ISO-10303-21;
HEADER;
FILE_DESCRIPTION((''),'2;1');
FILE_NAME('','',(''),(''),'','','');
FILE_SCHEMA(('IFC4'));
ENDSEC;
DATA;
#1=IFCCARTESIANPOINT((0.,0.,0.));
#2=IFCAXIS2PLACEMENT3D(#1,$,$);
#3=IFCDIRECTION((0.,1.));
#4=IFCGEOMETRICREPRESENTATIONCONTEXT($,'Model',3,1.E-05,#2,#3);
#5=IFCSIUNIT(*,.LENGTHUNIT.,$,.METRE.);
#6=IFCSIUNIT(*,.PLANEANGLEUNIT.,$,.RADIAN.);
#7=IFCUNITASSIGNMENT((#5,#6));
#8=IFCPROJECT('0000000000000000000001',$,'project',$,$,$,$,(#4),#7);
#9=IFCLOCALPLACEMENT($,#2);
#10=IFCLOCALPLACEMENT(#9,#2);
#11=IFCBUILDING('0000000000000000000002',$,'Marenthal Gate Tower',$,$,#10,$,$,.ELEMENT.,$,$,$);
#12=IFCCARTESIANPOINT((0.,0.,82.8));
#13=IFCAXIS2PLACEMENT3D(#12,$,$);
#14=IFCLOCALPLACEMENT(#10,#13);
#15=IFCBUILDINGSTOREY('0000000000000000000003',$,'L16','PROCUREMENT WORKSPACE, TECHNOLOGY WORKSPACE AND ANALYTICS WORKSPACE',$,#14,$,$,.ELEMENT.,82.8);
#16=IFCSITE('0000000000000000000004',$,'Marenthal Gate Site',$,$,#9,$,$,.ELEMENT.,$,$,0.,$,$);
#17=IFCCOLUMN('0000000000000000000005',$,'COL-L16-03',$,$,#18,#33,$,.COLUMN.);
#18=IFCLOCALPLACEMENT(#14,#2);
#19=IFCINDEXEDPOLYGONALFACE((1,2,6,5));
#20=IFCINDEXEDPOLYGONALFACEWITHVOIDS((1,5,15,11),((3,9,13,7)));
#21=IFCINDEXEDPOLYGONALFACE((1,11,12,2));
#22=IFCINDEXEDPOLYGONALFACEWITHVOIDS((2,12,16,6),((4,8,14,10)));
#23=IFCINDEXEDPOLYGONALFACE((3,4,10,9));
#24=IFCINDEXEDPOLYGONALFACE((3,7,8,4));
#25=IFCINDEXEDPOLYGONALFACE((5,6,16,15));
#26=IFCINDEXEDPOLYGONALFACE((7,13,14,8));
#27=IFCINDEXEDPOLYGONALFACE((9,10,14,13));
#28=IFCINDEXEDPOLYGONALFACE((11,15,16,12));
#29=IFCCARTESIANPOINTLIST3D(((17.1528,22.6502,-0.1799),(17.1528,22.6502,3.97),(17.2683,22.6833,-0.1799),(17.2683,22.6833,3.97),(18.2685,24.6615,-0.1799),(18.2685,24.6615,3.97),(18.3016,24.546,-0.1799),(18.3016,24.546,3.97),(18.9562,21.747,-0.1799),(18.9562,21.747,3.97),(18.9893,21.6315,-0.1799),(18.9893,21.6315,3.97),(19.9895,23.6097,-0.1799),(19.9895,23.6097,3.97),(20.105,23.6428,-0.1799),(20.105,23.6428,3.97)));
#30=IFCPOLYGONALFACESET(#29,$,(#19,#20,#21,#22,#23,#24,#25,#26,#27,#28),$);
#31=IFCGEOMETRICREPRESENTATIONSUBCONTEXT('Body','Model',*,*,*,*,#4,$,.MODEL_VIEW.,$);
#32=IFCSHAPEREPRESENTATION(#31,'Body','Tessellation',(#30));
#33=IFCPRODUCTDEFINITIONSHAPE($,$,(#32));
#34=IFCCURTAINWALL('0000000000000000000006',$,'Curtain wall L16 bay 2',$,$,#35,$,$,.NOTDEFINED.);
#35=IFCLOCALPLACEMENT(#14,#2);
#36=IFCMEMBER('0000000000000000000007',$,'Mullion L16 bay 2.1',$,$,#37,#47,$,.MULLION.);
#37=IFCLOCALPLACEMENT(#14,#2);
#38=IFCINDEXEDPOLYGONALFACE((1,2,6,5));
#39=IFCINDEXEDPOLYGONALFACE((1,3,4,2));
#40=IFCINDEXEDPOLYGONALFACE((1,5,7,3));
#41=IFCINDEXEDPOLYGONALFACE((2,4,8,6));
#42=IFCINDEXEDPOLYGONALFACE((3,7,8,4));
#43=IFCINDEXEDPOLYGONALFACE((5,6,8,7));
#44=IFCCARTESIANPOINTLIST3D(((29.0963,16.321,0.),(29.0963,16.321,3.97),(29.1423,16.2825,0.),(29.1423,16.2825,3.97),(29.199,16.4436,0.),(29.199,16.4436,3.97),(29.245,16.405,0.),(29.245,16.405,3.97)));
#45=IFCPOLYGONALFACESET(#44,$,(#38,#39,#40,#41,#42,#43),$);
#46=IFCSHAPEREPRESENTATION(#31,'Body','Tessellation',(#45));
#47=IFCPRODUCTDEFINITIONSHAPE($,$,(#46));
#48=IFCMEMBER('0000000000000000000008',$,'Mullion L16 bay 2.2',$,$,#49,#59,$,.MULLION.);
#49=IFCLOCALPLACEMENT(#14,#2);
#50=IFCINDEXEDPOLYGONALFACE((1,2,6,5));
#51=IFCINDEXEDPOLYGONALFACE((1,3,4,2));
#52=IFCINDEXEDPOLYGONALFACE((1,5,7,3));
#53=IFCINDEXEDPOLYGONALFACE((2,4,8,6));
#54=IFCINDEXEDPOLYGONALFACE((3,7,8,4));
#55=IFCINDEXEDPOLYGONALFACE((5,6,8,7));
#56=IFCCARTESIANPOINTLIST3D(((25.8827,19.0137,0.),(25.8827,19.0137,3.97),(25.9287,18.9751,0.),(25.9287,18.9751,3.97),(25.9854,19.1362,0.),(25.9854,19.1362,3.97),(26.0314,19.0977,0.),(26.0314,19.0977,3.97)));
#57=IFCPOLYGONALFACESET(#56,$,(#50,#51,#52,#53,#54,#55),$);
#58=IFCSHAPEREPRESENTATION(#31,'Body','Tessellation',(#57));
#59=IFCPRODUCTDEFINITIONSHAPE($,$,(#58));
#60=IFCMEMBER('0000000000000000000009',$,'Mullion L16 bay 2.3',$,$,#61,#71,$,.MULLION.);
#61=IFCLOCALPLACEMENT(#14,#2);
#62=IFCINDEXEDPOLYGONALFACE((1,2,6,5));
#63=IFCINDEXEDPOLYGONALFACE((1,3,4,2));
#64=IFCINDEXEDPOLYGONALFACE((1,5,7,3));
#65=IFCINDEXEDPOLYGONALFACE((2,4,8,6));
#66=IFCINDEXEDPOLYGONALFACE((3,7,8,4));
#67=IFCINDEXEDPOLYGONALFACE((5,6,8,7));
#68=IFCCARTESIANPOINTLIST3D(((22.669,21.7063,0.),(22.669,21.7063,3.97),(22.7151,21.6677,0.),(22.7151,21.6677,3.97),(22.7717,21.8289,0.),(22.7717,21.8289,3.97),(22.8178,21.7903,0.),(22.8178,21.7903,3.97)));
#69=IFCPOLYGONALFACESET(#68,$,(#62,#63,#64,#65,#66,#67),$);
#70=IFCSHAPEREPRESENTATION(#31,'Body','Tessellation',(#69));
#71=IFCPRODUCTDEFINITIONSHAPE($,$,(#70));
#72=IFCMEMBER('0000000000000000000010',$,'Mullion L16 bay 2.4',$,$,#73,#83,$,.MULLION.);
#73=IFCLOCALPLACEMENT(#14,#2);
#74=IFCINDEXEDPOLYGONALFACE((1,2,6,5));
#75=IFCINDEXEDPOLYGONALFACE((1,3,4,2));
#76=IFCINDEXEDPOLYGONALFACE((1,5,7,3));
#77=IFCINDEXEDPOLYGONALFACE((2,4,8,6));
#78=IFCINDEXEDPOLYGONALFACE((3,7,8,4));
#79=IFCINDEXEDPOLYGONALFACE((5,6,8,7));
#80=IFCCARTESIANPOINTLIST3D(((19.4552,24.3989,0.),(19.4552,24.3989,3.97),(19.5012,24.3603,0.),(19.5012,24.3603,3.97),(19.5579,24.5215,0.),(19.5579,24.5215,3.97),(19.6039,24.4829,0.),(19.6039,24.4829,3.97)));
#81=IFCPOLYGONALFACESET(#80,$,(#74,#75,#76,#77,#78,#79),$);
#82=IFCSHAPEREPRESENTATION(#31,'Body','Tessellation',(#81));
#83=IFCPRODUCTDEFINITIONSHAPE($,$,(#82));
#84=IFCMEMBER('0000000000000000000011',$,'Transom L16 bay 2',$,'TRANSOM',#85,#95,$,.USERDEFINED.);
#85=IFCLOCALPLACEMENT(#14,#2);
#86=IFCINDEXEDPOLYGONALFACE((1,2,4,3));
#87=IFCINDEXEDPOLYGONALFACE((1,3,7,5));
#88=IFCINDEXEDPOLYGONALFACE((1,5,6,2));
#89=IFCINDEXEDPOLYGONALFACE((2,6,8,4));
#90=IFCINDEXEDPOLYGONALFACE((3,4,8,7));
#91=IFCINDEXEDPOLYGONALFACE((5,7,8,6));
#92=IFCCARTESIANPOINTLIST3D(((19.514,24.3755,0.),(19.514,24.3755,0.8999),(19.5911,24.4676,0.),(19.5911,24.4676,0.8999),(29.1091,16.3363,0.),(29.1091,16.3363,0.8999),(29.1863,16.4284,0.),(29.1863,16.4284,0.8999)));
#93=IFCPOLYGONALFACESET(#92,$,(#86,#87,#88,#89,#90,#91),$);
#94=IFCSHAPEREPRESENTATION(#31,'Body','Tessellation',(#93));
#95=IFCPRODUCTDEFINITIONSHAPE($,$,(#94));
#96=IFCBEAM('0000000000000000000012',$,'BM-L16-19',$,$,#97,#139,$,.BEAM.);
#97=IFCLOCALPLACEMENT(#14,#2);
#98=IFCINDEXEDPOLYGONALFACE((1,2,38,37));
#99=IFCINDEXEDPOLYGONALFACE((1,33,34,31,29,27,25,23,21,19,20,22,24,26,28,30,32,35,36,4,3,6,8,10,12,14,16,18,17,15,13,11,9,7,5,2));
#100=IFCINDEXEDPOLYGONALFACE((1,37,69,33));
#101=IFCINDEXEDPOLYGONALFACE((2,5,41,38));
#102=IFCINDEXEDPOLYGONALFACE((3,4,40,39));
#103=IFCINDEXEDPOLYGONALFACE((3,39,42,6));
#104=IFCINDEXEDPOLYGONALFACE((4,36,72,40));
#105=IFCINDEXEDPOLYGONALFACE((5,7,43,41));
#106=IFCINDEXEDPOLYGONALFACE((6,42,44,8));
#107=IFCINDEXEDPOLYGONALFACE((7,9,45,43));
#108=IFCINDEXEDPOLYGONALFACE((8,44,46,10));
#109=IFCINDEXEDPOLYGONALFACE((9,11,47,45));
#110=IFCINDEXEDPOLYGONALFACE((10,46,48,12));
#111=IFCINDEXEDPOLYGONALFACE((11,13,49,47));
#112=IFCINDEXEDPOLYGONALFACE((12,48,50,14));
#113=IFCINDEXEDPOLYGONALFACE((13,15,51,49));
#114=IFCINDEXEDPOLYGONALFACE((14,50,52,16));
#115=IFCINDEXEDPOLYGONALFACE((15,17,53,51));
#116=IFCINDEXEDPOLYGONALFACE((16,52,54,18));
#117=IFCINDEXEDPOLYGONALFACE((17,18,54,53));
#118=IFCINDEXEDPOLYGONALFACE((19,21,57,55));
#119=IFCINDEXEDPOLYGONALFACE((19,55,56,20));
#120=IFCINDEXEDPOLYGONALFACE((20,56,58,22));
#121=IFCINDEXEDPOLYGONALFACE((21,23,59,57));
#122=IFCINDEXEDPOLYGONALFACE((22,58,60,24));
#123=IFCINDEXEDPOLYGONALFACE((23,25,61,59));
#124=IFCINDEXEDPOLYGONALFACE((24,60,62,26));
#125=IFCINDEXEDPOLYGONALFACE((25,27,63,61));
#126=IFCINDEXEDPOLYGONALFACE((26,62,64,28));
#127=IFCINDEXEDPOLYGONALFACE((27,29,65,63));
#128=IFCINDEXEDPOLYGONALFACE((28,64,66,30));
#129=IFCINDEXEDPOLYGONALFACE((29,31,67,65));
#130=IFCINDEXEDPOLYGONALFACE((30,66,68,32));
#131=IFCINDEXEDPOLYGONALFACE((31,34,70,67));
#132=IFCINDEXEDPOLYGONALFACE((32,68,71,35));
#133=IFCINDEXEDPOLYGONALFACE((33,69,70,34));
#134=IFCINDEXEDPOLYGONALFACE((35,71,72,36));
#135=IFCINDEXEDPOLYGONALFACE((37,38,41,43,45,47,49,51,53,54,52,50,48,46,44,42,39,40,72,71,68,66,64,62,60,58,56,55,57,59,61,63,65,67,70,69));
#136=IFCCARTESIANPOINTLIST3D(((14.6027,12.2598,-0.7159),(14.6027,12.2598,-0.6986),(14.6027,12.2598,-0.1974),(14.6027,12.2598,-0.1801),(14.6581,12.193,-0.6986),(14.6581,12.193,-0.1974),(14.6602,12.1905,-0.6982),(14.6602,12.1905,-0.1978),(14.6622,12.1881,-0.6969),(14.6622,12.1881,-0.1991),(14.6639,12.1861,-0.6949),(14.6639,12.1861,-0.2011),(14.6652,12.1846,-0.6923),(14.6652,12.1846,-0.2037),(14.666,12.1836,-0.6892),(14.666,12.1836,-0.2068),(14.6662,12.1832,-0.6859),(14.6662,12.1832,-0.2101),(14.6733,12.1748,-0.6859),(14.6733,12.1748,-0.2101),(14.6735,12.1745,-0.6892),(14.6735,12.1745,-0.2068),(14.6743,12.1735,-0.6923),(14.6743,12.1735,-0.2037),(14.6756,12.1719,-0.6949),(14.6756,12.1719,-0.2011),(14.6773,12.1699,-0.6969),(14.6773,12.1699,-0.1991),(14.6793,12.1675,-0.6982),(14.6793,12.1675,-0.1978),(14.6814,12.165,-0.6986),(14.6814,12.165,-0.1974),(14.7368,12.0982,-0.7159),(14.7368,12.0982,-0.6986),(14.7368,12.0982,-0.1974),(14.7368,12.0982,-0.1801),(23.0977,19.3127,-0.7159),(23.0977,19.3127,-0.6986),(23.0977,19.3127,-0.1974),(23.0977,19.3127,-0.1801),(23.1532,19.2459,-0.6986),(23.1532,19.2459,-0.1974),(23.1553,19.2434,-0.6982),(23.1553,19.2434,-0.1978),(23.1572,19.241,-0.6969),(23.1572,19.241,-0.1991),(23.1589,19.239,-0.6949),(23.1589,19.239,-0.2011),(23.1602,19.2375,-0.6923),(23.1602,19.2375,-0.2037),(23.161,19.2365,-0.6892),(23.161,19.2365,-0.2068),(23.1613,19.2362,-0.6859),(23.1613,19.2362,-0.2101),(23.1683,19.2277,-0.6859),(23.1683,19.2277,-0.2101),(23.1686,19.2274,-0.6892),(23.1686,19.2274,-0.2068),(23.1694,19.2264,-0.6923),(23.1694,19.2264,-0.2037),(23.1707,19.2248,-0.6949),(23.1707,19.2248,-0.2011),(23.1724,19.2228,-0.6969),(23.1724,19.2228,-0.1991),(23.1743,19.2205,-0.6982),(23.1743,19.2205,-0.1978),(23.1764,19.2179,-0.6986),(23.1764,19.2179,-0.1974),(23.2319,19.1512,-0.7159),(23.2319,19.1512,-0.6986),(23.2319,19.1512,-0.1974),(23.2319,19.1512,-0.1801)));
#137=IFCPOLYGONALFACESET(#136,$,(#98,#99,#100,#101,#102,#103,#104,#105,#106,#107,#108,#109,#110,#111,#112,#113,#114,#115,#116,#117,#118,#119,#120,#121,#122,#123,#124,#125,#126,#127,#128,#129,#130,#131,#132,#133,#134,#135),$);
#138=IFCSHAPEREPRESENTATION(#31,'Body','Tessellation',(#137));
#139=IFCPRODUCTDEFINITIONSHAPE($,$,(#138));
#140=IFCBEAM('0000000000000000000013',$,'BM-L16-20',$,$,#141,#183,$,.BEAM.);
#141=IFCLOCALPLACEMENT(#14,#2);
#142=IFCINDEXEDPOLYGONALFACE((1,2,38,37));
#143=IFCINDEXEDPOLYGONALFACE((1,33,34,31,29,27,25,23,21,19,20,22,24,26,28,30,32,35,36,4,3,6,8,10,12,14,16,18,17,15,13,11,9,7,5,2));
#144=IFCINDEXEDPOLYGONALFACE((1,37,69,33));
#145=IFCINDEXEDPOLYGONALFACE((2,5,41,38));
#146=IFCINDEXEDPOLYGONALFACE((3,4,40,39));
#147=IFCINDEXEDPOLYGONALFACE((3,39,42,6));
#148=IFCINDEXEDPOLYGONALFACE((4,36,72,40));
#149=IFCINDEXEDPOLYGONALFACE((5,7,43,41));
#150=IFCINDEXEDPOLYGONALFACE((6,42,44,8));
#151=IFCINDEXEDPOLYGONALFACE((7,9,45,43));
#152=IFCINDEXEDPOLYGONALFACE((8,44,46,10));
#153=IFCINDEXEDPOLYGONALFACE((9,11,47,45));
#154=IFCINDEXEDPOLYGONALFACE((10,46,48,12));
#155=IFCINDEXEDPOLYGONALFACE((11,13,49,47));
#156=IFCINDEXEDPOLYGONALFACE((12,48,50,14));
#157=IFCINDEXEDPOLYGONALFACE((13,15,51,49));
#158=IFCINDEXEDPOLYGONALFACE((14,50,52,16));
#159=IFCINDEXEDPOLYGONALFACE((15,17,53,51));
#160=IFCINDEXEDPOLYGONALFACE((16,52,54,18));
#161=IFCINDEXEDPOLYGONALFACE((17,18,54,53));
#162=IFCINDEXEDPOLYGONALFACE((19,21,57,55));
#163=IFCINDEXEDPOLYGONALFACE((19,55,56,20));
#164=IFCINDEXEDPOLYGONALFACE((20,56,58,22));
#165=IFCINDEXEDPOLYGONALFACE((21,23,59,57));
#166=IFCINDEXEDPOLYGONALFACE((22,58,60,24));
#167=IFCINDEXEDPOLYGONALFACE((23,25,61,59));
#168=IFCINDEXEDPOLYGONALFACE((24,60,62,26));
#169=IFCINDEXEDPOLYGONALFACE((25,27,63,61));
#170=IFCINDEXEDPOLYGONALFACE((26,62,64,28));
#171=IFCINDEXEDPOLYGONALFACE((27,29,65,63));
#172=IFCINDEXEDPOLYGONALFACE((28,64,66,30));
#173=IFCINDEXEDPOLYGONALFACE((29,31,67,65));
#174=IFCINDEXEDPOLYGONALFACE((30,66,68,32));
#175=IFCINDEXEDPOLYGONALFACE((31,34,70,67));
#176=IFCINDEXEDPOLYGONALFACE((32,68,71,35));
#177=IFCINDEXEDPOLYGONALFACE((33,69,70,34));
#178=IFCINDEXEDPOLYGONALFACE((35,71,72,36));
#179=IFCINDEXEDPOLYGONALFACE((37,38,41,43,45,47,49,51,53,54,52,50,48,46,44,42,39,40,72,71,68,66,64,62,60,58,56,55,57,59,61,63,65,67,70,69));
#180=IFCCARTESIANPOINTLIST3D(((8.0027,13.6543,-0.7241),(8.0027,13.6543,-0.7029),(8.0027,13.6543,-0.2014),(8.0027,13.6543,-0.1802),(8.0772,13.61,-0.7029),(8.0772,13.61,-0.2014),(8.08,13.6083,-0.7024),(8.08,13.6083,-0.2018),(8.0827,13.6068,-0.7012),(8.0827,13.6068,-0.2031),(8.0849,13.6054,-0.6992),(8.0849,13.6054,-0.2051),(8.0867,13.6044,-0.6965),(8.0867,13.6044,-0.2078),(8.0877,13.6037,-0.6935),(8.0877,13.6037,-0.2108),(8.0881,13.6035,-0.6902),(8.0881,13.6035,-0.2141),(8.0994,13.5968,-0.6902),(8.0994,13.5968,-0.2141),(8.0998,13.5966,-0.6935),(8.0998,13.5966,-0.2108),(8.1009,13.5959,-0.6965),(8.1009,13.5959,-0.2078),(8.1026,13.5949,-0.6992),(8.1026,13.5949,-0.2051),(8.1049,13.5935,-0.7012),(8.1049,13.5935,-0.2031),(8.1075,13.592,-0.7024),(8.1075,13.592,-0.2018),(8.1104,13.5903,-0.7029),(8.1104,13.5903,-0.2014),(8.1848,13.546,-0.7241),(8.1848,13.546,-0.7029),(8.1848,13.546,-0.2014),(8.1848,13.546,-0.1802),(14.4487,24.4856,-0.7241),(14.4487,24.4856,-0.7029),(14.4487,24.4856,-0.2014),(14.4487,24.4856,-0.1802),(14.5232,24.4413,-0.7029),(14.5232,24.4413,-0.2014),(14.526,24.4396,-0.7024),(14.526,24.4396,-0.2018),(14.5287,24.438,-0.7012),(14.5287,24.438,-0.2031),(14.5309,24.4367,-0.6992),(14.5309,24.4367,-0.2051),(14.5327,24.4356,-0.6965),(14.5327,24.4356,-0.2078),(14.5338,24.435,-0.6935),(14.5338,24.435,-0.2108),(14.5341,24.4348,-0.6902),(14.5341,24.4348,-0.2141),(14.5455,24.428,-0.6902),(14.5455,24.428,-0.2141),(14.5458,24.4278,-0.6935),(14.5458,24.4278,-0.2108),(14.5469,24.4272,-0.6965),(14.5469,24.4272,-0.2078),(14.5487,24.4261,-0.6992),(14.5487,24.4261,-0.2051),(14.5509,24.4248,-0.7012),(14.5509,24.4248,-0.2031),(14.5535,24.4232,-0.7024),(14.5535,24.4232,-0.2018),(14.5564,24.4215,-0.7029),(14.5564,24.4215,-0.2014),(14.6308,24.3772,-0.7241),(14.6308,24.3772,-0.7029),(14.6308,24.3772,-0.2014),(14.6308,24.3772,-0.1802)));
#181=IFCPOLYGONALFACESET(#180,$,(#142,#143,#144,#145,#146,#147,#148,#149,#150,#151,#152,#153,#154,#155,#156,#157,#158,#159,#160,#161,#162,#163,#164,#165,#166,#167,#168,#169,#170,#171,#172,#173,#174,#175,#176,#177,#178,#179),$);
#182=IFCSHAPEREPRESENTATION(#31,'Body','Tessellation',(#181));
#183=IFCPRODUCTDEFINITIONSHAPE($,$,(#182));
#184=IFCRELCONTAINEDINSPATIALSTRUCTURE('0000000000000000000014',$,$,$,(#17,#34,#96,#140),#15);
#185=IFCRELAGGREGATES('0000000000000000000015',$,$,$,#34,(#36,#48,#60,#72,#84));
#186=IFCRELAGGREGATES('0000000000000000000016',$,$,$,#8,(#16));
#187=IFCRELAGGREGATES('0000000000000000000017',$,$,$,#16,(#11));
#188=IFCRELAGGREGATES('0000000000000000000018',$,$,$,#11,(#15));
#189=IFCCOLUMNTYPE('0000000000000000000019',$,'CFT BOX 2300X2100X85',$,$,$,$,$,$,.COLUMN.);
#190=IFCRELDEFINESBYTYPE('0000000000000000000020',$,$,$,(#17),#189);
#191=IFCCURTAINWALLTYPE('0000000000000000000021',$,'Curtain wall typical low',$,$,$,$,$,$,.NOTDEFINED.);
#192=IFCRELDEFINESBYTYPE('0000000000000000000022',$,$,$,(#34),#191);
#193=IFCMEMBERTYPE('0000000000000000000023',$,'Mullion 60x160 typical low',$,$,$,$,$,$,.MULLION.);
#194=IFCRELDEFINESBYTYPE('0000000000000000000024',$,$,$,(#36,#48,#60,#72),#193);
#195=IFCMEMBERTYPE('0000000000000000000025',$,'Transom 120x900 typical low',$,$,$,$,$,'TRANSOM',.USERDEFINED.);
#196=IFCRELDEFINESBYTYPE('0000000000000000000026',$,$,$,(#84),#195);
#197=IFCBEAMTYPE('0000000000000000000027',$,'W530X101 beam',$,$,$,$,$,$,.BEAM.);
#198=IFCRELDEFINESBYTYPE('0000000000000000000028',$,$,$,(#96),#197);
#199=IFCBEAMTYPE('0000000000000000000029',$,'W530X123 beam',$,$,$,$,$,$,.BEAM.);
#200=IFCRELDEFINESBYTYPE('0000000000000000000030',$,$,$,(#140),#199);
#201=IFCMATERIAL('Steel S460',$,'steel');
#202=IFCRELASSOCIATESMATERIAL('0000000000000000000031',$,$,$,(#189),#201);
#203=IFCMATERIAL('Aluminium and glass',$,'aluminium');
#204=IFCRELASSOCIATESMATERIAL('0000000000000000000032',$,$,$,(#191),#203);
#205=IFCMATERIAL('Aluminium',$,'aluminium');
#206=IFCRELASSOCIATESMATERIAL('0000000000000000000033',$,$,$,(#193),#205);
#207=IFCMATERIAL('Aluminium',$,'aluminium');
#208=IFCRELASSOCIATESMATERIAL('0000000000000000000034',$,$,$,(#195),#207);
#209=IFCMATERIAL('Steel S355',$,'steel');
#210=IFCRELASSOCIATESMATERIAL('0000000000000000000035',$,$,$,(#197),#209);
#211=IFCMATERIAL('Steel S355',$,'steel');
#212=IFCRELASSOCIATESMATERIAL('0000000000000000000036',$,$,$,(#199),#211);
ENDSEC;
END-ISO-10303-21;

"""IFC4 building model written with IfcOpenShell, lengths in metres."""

from ifc_helpers import new_model, si_unit, direction, frame, origin, origin_2d, place, context, subcontext, project, spatial, rectangle, hollow_rectangle, i_section, extrude, material, material_profile, profile_set, type_object, element, aggregate, save


model = new_model("IFC4")

# Units and contexts
model_context = context("Model", 3, precision=1e-05, world=origin(), true_north=direction((0.0, 1.0)))
body_context = subcontext(model_context, "Body", "Model", "MODEL_VIEW")
ifc_project = project(units=[si_unit("LENGTHUNIT", "METRE"), si_unit("PLANEANGLEUNIT", "RADIAN")], contexts=[model_context])

# Site, building, storey
site_placement = place(None, origin())
site = spatial("IfcSite", under=ifc_project, at=site_placement, Name="Marenthal Gate Site", CompositionType="ELEMENT", RefElevation=0.0)
building_placement = place(site_placement, origin())
building = spatial("IfcBuilding", under=site, at=building_placement, Name="Marenthal Gate Tower", CompositionType="ELEMENT")
storey_placement = place(building_placement, frame((0.0, 0.0, 82.8)))
storey = spatial("IfcBuildingStorey", under=building, at=storey_placement, Name="L16", Description="PROCUREMENT WORKSPACE, TECHNOLOGY WORKSPACE AND ANALYTICS WORKSPACE", CompositionType="ELEMENT", Elevation=82.8)

# Column
ifc_material_1 = material(Name="Steel S460", Category="steel")
ifc_material_profile_1 = material_profile(ifc_material_1, hollow_rectangle(XDim=2.1001, YDim=2.3, WallThickness=0.085, at=origin_2d()), Name="CFT BOX 2300X2100X85")
ifc_material_2 = material(Name="Concrete 70 MPa", Category="concrete")
ifc_material_profile_2 = material_profile(ifc_material_2, rectangle(XDim=1.9299, YDim=2.1299, at=origin_2d()), Name="CFT BOX 2300X2100X85 INFILL")
ifc_profile_set_1 = profile_set([ifc_material_profile_1, ifc_material_profile_2], Name="Steel S460 shell, Concrete 70 MPa infill")
column_type = type_object("IfcColumnType", Name="CFT BOX 2300X2100X85", PredefinedType="COLUMN", material=ifc_profile_set_1)
column_placement = place(storey_placement, frame((18.6289, 23.1465, -0.1799), z_axis=(0.0, 0.0, 1.0), x_axis=(0.874462, -0.485094, 0.0)))
element("IfcColumn", 1, at=column_placement, inside=storey, type_object=column_type, Name="COL-L16-03", PredefinedType="COLUMN", context=body_context, shape_type="SweptSolid", body=[
    extrude(hollow_rectangle(XDim=2.1001, YDim=2.3, WallThickness=0.085, at=origin_2d()), origin(), (0.0, 0.0, 1.0), 4.1499),
])

# Curtain wall, members
ifc_material_3 = material(Name="Aluminium and glass", Category="aluminium")
curtain_wall_type = type_object("IfcCurtainWallType", Name="Curtain wall typical low", PredefinedType="NOTDEFINED", material=ifc_material_3)
curtain_wall_placement = place(storey_placement, origin())
curtain_wall = element("IfcCurtainWall", 2, at=curtain_wall_placement, inside=storey, type_object=curtain_wall_type, Name="Curtain wall L16 bay 2", PredefinedType="NOTDEFINED")
ifc_material_4 = material(Name="Aluminium", Category="aluminium")
ifc_material_profile_3 = material_profile(ifc_material_4, rectangle(XDim=0.1599, YDim=0.0601, at=origin_2d()), Name="60x160 aluminium mullion")
ifc_profile_set_2 = profile_set([ifc_material_profile_3], Name="Aluminium")
member_type_1 = type_object("IfcMemberType", Name="Mullion 60x160 typical low", PredefinedType="MULLION", material=ifc_profile_set_2)
member_1_placement = place(storey_placement, frame((29.1707, 16.363, 0.0), z_axis=(0.0, 0.0, 1.0), x_axis=(-0.642228, -0.766513, 0.0)))
member_1 = element("IfcMember", 3, at=member_1_placement, type_object=member_type_1, Name="Mullion L16 bay 2.1", PredefinedType="MULLION", context=body_context, shape_type="SweptSolid", body=[
    extrude(rectangle(XDim=0.1599, YDim=0.0601, at=origin_2d()), origin(), (0.0, 0.0, 1.0), 3.97),
])
member_2_placement = place(storey_placement, frame((25.957, 19.0557, 0.0), z_axis=(0.0, 0.0, 1.0), x_axis=(-0.642228, -0.766513, 0.0)))
member_2 = element("IfcMember", 4, at=member_2_placement, type_object=member_type_1, Name="Mullion L16 bay 2.2", PredefinedType="MULLION", context=body_context, shape_type="SweptSolid", body=[
    extrude(rectangle(XDim=0.1599, YDim=0.0601, at=origin_2d()), origin(), (0.0, 0.0, 1.0), 3.97),
])
member_3_placement = place(storey_placement, frame((22.7434, 21.7483, 0.0), z_axis=(0.0, 0.0, 1.0), x_axis=(-0.642228, -0.766513, 0.0)))
member_3 = element("IfcMember", 5, at=member_3_placement, type_object=member_type_1, Name="Mullion L16 bay 2.3", PredefinedType="MULLION", context=body_context, shape_type="SweptSolid", body=[
    extrude(rectangle(XDim=0.1599, YDim=0.0601, at=origin_2d()), origin(), (0.0, 0.0, 1.0), 3.97),
])
member_4_placement = place(storey_placement, frame((19.5295, 24.4409, 0.0), z_axis=(0.0, 0.0, 1.0), x_axis=(-0.642228, -0.766513, 0.0)))
member_4 = element("IfcMember", 6, at=member_4_placement, type_object=member_type_1, Name="Mullion L16 bay 2.4", PredefinedType="MULLION", context=body_context, shape_type="SweptSolid", body=[
    extrude(rectangle(XDim=0.1599, YDim=0.0601, at=origin_2d()), origin(), (0.0, 0.0, 1.0), 3.97),
])
ifc_material_5 = material(Name="Aluminium", Category="aluminium")
ifc_material_profile_4 = material_profile(ifc_material_5, rectangle(XDim=0.1201, YDim=0.8999, at=origin_2d()), Name="120x900 aluminium transom")
ifc_profile_set_3 = profile_set([ifc_material_profile_4], Name="Aluminium")
member_type_2 = type_object("IfcMemberType", Name="Transom 120x900 typical low", ElementType="TRANSOM", PredefinedType="USERDEFINED", material=ifc_profile_set_3)
member_5_placement = place(storey_placement, frame((29.1477, 16.3823, 0.45), z_axis=(-0.766518, 0.642223, 0.0), x_axis=(-0.642223, -0.766518, 0.0)))
member_5 = element("IfcMember", 7, at=member_5_placement, type_object=member_type_2, Name="Transom L16 bay 2", ObjectType="TRANSOM", PredefinedType="USERDEFINED", context=body_context, shape_type="SweptSolid", body=[
    extrude(rectangle(XDim=0.1201, YDim=0.8999, at=origin_2d()), origin(), (0.0, 0.0, 1.0), 12.5178),
])

# Beams
ifc_material_6 = material(Name="Steel S355", Category="steel")
ifc_material_profile_5 = material_profile(ifc_material_6, i_section(OverallWidth=0.21, OverallDepth=0.5359, WebThickness=0.011, FlangeThickness=0.0173, FilletRadius=0.0127, at=origin_2d()), Name="W530X101")
ifc_profile_set_4 = profile_set([ifc_material_profile_5], Name="Steel S355")
beam_type_1 = type_object("IfcBeamType", Name="W530X101 beam", PredefinedType="BEAM", material=ifc_profile_set_4)
beam_1_placement = place(storey_placement, frame((23.1648, 19.2319, -0.448), z_axis=(-0.769391, -0.638778, 0.0), x_axis=(0.638778, -0.769391, 0.0)))
element("IfcBeam", 8, at=beam_1_placement, inside=storey, type_object=beam_type_1, Name="BM-L16-19", PredefinedType="BEAM", context=body_context, shape_type="SweptSolid", body=[
    extrude(i_section(OverallWidth=0.21, OverallDepth=0.5359, WebThickness=0.011, FlangeThickness=0.0173, FilletRadius=0.0127, at=origin_2d()), origin(), (0.0, 0.0, 1.0), 11.0413),
])
ifc_material_7 = material(Name="Steel S355", Category="steel")
ifc_material_profile_6 = material_profile(ifc_material_7, i_section(OverallWidth=0.2119, OverallDepth=0.5439, WebThickness=0.0132, FlangeThickness=0.0212, FilletRadius=0.0127, at=origin_2d()), Name="W530X123")
ifc_profile_set_5 = profile_set([ifc_material_profile_6], Name="Steel S355")
beam_type_2 = type_object("IfcBeamType", Name="W530X123 beam", PredefinedType="BEAM", material=ifc_profile_set_5)
beam_2_placement = place(storey_placement, frame((14.5398, 24.4314, -0.4521), z_axis=(-0.511416, -0.859333, 0.0), x_axis=(0.859333, -0.511416, 0.0)))
element("IfcBeam", 9, at=beam_2_placement, inside=storey, type_object=beam_type_2, Name="BM-L16-20", PredefinedType="BEAM", context=body_context, shape_type="SweptSolid", body=[
    extrude(i_section(OverallWidth=0.2119, OverallDepth=0.5439, WebThickness=0.0132, FlangeThickness=0.0212, FilletRadius=0.0127, at=origin_2d()), origin(), (0.0, 0.0, 1.0), 12.6042),
])

aggregate(curtain_wall, [member_1, member_2, member_3, member_4, member_5])

save(model, "model.ifc")
